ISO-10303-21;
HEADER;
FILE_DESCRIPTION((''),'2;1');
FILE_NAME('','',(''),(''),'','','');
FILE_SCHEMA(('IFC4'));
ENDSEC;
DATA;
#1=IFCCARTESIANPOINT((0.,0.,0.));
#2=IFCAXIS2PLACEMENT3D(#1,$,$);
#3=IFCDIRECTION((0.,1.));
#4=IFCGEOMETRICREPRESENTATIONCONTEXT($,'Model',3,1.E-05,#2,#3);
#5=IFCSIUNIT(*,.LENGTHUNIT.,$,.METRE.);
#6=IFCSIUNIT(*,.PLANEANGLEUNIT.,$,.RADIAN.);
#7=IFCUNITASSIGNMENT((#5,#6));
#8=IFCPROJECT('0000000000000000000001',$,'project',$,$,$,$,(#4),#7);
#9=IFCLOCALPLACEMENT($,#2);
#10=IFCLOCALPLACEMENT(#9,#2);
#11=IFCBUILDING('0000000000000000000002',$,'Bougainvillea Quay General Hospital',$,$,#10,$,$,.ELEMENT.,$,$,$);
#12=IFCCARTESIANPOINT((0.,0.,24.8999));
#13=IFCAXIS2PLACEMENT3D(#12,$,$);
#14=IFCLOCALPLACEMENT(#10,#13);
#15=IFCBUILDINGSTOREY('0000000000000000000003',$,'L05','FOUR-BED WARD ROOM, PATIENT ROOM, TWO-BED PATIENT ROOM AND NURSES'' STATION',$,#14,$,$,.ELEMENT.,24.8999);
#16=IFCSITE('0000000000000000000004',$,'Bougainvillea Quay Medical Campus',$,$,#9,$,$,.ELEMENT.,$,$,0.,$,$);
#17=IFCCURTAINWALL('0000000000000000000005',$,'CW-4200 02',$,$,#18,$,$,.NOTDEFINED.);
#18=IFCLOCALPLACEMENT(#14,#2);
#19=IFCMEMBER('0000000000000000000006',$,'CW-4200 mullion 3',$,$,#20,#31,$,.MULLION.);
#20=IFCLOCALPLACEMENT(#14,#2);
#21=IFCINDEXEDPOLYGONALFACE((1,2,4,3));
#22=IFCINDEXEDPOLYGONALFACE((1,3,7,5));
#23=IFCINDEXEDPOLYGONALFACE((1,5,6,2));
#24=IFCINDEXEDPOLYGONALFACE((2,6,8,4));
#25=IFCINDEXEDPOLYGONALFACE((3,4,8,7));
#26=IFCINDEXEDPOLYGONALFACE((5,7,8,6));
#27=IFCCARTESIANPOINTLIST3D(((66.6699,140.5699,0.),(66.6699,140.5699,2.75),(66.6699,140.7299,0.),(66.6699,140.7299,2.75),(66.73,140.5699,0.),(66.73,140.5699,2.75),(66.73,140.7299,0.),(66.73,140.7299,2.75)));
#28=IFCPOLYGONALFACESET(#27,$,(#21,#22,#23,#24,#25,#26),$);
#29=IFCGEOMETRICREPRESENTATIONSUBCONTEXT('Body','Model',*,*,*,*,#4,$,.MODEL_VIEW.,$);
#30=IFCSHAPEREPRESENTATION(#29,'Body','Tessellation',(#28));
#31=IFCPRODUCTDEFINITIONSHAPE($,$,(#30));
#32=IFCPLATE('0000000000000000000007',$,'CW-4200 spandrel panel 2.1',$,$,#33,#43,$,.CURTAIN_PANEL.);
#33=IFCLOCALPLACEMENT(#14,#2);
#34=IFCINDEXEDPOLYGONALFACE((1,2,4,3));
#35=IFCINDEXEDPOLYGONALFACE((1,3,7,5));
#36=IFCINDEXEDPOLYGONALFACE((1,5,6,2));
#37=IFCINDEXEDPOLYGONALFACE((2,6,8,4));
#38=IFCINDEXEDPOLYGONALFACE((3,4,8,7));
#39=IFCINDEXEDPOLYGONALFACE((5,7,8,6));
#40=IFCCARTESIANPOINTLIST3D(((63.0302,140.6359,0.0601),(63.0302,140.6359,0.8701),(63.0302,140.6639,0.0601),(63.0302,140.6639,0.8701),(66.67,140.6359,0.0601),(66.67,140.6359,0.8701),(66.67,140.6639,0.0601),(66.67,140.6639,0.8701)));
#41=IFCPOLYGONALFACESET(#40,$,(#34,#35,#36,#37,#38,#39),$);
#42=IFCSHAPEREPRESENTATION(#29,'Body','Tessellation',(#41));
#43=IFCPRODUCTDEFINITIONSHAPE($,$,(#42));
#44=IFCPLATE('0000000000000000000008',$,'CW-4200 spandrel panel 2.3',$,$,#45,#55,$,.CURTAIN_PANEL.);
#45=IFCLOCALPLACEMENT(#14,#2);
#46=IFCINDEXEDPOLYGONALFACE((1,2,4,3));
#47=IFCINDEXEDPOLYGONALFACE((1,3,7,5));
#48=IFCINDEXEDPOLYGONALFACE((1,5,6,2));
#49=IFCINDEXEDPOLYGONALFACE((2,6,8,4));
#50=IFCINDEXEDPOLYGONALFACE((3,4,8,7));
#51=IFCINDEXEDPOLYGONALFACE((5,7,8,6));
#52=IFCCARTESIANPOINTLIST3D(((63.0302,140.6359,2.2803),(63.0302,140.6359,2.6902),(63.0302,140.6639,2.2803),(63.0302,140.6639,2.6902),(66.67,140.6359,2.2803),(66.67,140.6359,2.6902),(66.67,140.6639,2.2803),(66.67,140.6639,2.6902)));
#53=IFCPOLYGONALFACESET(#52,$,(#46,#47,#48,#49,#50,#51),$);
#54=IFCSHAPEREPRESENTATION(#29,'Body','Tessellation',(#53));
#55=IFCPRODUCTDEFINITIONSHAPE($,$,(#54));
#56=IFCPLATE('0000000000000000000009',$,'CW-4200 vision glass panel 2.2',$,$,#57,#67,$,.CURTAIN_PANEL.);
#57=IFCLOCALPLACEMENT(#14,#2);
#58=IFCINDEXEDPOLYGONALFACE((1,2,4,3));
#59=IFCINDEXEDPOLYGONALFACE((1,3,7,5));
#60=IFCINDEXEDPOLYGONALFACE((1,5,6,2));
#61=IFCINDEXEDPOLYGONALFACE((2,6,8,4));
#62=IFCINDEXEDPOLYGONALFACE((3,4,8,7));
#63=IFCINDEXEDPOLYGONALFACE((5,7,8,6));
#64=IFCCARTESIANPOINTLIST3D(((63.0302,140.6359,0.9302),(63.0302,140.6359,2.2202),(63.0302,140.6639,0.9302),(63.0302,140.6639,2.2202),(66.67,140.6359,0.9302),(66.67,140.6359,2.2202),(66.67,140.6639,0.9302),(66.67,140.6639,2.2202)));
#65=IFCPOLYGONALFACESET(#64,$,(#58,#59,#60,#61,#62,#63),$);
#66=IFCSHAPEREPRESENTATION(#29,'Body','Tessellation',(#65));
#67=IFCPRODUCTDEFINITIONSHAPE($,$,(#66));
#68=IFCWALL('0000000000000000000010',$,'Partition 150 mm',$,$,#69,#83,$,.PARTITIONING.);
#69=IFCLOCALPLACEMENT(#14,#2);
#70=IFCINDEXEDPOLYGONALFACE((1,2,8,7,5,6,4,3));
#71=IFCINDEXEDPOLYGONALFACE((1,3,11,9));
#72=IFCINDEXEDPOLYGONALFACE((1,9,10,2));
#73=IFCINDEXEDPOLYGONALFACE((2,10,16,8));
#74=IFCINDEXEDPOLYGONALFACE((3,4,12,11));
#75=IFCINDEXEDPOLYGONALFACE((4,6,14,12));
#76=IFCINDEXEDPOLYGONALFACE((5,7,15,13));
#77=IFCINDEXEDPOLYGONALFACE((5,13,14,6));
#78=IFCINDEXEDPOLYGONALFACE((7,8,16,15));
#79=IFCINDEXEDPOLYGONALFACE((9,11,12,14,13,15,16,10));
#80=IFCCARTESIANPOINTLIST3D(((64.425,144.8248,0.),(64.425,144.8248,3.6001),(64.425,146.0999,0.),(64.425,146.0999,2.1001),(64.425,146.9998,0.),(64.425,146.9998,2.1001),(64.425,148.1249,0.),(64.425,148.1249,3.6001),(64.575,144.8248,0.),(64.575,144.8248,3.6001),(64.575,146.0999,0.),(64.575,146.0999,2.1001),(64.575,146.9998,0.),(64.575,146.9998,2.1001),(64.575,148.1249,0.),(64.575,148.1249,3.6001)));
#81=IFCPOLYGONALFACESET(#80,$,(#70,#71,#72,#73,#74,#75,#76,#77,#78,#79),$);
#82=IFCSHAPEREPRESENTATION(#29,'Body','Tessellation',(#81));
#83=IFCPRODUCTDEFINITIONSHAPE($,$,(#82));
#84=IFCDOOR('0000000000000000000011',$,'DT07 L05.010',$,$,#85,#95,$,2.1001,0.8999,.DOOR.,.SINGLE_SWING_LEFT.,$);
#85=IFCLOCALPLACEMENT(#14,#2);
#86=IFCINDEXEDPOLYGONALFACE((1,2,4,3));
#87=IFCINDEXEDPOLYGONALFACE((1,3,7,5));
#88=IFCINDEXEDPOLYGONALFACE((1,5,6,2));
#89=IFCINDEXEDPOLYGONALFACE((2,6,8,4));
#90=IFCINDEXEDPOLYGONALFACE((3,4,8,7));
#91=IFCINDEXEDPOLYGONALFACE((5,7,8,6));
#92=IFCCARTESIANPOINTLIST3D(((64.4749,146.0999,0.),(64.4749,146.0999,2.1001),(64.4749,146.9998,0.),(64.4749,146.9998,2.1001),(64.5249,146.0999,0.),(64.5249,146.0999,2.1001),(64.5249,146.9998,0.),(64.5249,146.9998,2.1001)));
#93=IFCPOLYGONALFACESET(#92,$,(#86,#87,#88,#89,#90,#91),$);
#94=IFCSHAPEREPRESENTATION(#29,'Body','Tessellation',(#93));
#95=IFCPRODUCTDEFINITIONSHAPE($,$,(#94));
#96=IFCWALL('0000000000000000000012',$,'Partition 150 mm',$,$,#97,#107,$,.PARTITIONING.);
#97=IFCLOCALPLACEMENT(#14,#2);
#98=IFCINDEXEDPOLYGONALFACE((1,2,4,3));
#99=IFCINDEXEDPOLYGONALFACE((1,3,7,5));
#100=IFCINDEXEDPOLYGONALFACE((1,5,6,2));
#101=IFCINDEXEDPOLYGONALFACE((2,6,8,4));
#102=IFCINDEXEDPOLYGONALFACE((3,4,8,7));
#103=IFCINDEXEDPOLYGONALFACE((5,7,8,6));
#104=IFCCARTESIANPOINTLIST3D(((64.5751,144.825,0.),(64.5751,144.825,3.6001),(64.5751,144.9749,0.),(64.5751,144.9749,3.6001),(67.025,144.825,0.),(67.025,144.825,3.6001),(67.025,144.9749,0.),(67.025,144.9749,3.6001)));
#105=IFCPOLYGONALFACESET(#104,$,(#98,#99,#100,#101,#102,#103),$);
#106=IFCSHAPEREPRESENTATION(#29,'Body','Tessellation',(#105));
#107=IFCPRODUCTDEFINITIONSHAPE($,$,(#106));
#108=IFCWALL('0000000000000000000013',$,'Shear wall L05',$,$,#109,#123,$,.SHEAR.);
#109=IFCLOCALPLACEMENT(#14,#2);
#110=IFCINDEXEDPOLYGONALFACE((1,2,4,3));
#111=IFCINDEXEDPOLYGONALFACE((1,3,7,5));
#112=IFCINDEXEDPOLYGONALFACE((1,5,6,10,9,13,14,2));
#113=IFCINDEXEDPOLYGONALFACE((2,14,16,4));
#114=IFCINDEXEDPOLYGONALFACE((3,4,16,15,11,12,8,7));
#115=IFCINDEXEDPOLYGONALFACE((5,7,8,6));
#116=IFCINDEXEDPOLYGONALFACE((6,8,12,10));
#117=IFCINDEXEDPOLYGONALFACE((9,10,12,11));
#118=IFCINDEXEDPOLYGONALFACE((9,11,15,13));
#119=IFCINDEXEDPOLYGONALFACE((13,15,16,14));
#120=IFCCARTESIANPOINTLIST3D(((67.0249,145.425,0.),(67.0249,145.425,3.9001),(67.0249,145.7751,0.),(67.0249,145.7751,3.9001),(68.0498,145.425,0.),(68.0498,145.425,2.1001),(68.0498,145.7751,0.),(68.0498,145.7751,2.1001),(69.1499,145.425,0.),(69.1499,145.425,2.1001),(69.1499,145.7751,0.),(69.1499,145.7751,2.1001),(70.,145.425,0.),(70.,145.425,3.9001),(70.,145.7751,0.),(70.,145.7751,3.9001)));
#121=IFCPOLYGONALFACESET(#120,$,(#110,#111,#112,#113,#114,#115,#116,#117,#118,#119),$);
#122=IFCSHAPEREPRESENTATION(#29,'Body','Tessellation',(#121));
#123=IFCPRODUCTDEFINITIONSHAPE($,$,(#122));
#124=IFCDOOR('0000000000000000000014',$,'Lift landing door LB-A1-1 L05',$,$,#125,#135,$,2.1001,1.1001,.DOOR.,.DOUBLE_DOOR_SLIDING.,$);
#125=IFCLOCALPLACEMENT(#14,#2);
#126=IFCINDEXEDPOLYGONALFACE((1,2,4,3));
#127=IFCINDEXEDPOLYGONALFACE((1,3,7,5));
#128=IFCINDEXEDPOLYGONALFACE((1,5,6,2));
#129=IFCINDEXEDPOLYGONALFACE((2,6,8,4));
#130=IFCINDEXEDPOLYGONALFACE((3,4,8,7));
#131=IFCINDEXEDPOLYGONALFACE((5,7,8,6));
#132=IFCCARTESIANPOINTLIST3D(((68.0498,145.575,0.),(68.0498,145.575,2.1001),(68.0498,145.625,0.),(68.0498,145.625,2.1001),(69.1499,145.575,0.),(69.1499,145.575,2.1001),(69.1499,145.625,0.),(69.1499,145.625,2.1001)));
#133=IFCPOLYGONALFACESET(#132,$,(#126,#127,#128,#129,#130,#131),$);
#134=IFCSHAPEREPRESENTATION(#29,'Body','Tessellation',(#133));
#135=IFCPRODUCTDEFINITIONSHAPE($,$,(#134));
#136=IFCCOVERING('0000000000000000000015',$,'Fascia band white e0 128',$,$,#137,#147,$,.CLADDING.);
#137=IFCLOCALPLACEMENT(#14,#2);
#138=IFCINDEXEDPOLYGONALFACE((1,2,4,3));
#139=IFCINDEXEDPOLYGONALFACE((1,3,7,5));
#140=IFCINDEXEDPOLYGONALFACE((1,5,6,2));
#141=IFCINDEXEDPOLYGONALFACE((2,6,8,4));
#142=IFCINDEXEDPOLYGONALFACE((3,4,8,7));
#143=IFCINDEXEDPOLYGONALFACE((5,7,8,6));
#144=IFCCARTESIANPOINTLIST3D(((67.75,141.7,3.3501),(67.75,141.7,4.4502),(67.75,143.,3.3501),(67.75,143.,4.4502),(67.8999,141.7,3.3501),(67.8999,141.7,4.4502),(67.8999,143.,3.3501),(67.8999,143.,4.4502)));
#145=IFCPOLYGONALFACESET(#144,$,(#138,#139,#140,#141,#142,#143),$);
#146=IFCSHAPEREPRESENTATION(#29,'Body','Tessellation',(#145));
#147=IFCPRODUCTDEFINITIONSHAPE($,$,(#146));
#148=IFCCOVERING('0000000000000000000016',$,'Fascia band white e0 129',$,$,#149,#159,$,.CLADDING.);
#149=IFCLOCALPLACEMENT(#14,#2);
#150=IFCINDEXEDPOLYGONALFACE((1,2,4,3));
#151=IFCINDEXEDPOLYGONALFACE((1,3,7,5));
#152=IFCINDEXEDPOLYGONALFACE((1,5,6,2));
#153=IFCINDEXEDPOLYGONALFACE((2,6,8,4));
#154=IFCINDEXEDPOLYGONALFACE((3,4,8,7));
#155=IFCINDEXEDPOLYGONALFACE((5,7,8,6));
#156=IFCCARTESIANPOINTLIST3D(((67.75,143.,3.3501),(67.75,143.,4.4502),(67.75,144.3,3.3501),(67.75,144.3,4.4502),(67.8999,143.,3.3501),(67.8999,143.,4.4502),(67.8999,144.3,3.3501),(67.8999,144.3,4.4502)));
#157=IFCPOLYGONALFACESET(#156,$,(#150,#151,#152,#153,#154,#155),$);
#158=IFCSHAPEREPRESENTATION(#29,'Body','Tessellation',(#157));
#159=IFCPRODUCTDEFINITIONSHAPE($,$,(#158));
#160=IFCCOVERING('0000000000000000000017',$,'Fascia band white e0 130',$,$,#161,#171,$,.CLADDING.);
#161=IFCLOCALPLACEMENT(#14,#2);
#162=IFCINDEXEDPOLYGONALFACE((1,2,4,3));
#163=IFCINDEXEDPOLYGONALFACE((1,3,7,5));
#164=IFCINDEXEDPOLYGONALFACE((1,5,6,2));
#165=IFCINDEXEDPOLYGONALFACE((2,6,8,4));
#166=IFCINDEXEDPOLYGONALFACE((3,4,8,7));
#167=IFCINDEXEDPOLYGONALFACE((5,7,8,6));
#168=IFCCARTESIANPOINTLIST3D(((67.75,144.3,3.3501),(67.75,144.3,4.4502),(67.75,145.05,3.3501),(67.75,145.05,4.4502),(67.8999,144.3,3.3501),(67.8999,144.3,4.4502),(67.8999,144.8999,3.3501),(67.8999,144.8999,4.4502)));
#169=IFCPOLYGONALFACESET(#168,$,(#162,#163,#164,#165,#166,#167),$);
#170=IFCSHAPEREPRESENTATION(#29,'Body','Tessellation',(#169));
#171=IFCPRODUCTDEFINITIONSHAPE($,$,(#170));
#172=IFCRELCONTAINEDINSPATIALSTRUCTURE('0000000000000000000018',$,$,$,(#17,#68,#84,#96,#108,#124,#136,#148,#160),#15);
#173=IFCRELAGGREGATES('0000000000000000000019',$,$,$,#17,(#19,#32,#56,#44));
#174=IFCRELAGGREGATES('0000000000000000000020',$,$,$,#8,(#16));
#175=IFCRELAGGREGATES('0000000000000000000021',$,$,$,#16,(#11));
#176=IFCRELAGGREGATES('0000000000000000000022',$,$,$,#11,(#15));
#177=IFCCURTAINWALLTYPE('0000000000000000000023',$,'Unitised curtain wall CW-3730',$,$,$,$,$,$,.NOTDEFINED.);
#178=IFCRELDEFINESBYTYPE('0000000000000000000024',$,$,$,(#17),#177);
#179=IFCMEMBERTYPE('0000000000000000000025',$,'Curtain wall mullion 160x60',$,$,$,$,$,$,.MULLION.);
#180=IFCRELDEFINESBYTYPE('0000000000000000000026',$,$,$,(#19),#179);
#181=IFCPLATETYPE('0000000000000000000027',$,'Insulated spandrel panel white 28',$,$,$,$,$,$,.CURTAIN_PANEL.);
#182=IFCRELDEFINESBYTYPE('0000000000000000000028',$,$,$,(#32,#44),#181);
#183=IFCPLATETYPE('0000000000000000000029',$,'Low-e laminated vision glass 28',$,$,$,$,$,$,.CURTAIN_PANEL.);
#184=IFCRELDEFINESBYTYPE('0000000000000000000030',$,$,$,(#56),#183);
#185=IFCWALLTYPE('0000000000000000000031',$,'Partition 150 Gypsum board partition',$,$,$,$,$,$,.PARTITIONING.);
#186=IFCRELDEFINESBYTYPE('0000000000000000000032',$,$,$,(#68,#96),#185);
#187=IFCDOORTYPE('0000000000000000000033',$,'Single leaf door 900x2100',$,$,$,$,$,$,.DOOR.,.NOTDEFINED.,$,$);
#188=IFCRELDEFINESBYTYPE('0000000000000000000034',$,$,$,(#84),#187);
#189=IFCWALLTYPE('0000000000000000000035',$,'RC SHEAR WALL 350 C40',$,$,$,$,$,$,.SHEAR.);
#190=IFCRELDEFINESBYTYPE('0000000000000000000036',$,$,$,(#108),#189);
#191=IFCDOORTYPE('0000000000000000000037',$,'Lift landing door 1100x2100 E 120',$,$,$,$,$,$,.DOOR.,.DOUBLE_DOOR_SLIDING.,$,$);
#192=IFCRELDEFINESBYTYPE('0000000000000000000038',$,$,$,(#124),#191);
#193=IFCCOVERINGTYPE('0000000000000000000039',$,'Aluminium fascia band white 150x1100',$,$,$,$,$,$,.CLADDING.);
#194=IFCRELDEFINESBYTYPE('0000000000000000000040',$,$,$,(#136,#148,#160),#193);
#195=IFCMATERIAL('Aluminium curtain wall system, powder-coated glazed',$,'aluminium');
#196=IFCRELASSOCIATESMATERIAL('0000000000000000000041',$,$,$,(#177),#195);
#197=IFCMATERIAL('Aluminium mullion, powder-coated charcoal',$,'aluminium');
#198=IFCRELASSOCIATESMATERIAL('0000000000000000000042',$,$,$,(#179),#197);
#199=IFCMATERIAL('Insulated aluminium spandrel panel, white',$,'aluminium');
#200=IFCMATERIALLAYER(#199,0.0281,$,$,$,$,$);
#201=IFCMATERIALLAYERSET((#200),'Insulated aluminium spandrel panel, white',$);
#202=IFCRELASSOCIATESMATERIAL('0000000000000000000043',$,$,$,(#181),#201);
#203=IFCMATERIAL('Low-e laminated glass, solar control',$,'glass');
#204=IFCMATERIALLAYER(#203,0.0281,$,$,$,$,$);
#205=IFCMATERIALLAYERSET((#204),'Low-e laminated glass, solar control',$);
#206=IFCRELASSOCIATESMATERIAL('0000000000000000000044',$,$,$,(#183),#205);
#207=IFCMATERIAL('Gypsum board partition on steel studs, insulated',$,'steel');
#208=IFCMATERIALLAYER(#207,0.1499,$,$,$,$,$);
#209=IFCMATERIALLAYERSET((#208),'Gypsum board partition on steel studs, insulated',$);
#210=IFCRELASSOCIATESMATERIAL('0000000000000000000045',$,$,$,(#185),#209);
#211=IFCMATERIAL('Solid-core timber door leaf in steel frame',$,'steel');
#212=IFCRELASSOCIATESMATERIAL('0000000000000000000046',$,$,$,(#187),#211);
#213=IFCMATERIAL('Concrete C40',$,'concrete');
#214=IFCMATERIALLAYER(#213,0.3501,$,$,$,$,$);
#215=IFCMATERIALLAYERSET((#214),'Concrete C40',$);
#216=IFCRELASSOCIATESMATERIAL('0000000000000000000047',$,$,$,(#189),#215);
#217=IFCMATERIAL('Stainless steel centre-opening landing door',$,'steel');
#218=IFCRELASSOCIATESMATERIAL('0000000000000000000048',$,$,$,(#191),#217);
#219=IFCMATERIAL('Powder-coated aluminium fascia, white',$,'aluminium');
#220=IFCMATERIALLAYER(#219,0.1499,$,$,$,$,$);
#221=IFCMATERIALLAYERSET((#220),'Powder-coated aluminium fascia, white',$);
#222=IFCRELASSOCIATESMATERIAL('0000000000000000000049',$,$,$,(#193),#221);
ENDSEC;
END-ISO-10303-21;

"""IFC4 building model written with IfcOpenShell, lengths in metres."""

from ifc_helpers import new_model, si_unit, direction, frame, frame_2d, origin, origin_2d, place, context, subcontext, project, spatial, polyline, rectangle, outline, extrude, material, layer, layer_set, material_profile, profile_set, type_object, element, fill, aggregate, save


model = new_model("IFC4")

# Units and contexts
model_context = context("Model", 3, precision=1e-05, world=origin(), true_north=direction((0.0, 1.0)))
body_context = subcontext(model_context, "Body", "Model", "MODEL_VIEW")
ifc_project = project(units=[si_unit("LENGTHUNIT", "METRE"), si_unit("PLANEANGLEUNIT", "RADIAN")], contexts=[model_context])

# Site, building, storey
site_placement = place(None, origin())
site = spatial("IfcSite", under=ifc_project, at=site_placement, Name="Bougainvillea Quay Medical Campus", CompositionType="ELEMENT", RefElevation=0.0)
building_placement = place(site_placement, origin())
building = spatial("IfcBuilding", under=site, at=building_placement, Name="Bougainvillea Quay General Hospital", CompositionType="ELEMENT")
storey_placement = place(building_placement, frame((0.0, 0.0, 24.8999)))
storey = spatial("IfcBuildingStorey", under=building, at=storey_placement, Name="L05", Description="FOUR-BED WARD ROOM, PATIENT ROOM, TWO-BED PATIENT ROOM AND NURSES' STATION", CompositionType="ELEMENT", Elevation=24.8999)

# Curtain wall, member, plates
ifc_material_1 = material(Name="Aluminium curtain wall system, powder-coated glazed", Category="aluminium")
curtain_wall_type = type_object("IfcCurtainWallType", Name="Unitised curtain wall CW-3730", PredefinedType="NOTDEFINED", material=ifc_material_1)
curtain_wall_placement = place(storey_placement, origin())
curtain_wall = element("IfcCurtainWall", 1, at=curtain_wall_placement, inside=storey, type_object=curtain_wall_type, Name="CW-4200 02", PredefinedType="NOTDEFINED")
ifc_material_2 = material(Name="Aluminium mullion, powder-coated charcoal", Category="aluminium")
ifc_material_profile_1 = material_profile(ifc_material_2, rectangle(XDim=0.1599, YDim=0.0601, at=origin_2d()))
ifc_profile_set_1 = profile_set([ifc_material_profile_1], Name="Aluminium mullion, powder-coated charcoal")
member_type = type_object("IfcMemberType", Name="Curtain wall mullion 160x60", PredefinedType="MULLION", material=ifc_profile_set_1)
member_placement = place(storey_placement, frame((66.7, 140.6499, 0.0), z_axis=(0.0, 0.0, 1.0), x_axis=(0.0, 1.0, 0.0)))
member = element("IfcMember", 2, at=member_placement, type_object=member_type, Name="CW-4200 mullion 3", PredefinedType="MULLION", context=body_context, shape_type="SweptSolid", body=[
    extrude(rectangle(XDim=0.1599, YDim=0.0601, at=origin_2d()), origin(), (0.0, 0.0, 1.0), 2.75),
])
ifc_material_3 = material(Name="Insulated aluminium spandrel panel, white", Category="aluminium")
ifc_layer_1 = layer(ifc_material_3, 0.0281)
ifc_layer_set_1 = layer_set([ifc_layer_1], Name="Insulated aluminium spandrel panel, white")
plate_type_1 = type_object("IfcPlateType", Name="Insulated spandrel panel white 28", PredefinedType="CURTAIN_PANEL", material=ifc_layer_set_1)
plate_1_placement = place(storey_placement, frame((64.8501, 140.6499, 0.0601), z_axis=(0.0, 0.0, 1.0), x_axis=(1.0, 0.0, 0.0)))
plate_1 = element("IfcPlate", 3, at=plate_1_placement, type_object=plate_type_1, Name="CW-4200 spandrel panel 2.1", PredefinedType="CURTAIN_PANEL", context=body_context, shape_type="SweptSolid", body=[
    extrude(rectangle(XDim=3.6399, YDim=0.0281, at=origin_2d()), origin(), (0.0, 0.0, 1.0), 0.8101),
])
plate_2_placement = place(storey_placement, frame((64.8501, 140.6499, 2.2803), z_axis=(0.0, 0.0, 1.0), x_axis=(1.0, 0.0, 0.0)))
plate_2 = element("IfcPlate", 4, at=plate_2_placement, type_object=plate_type_1, Name="CW-4200 spandrel panel 2.3", PredefinedType="CURTAIN_PANEL", context=body_context, shape_type="SweptSolid", body=[
    extrude(rectangle(XDim=3.6399, YDim=0.0281, at=origin_2d()), origin(), (0.0, 0.0, 1.0), 0.4099),
])
ifc_material_4 = material(Name="Low-e laminated glass, solar control", Category="glass")
ifc_layer_2 = layer(ifc_material_4, 0.0281)
ifc_layer_set_2 = layer_set([ifc_layer_2], Name="Low-e laminated glass, solar control")
plate_type_2 = type_object("IfcPlateType", Name="Low-e laminated vision glass 28", PredefinedType="CURTAIN_PANEL", material=ifc_layer_set_2)
plate_3_placement = place(storey_placement, frame((64.8501, 140.6499, 0.9302), z_axis=(0.0, 0.0, 1.0), x_axis=(1.0, 0.0, 0.0)))
plate_3 = element("IfcPlate", 5, at=plate_3_placement, type_object=plate_type_2, Name="CW-4200 vision glass panel 2.2", PredefinedType="CURTAIN_PANEL", context=body_context, shape_type="SweptSolid", body=[
    extrude(rectangle(XDim=3.6399, YDim=0.0281, at=origin_2d()), origin(), (0.0, 0.0, 1.0), 1.29),
])
aggregate(curtain_wall, [member, plate_1, plate_3, plate_2])

# Wall, opening, door
ifc_material_5 = material(Name="Gypsum board partition on steel studs, insulated", Category="steel")
ifc_layer_3 = layer(ifc_material_5, 0.1499)
ifc_layer_set_3 = layer_set([ifc_layer_3], Name="Gypsum board partition on steel studs, insulated")
wall_type_1 = type_object("IfcWallType", Name="Partition 150 Gypsum board partition", PredefinedType="PARTITIONING", material=ifc_layer_set_3)
wall_1_placement = place(storey_placement, frame((64.5, 144.825, 0.0), z_axis=(0.0, 0.0, 1.0), x_axis=(0.0, 1.0, 0.0)))
wall_1 = element("IfcWall", 6, at=wall_1_placement, inside=storey, type_object=wall_type_1, Name="Partition 150 mm", PredefinedType="PARTITIONING", context=body_context, shape_type="SweptSolid", body=[
    extrude(rectangle(XDim=3.3, YDim=0.1499, at=frame_2d((1.6499, 0.0))), origin(), (0.0, 0.0, 1.0), 3.6001),
])
opening_1_placement = place(wall_1_placement, frame((1.2749, 0.0, 0.0)))
opening_1 = element("IfcOpeningElement", 7, at=opening_1_placement, cuts=wall_1, PredefinedType="OPENING", context=body_context, shape_type="SweptSolid", body=[
    extrude(rectangle(XDim=0.8999, YDim=2.1001, at=frame_2d((0.45, 1.05))), frame((0.0, 0.085, 0.0), z_axis=(0.0, -1.0, 0.0), x_axis=(1.0, 0.0, 0.0)), (0.0, 0.0, 1.0), 0.1699),
])
ifc_material_6 = material(Name="Solid-core timber door leaf in steel frame", Category="steel")
door_type_1 = type_object("IfcDoorType", Name="Single leaf door 900x2100", OperationType="NOTDEFINED", PredefinedType="DOOR", material=ifc_material_6)
door_1_placement = place(opening_1_placement, frame((0.8999, 0.0, 0.0), z_axis=(0.0, 0.0, 1.0), x_axis=(-1.0, 0.0, 0.0)))
door_1 = element("IfcDoor", 8, at=door_1_placement, inside=storey, type_object=door_type_1, Name="DT07 L05.010", OperationType="SINGLE_SWING_LEFT", OverallHeight=2.1001, OverallWidth=0.8999, PredefinedType="DOOR", context=body_context, shape_type="SweptSolid", body=[
    extrude(rectangle(XDim=0.8999, YDim=2.1001, at=frame_2d((0.45, 1.05))), frame((0.0, 0.0249, 0.0), z_axis=(0.0, -1.0, 0.0), x_axis=(1.0, 0.0, 0.0)), (0.0, 0.0, 1.0), 0.05),
])
fill(opening_1, door_1)

# Wall
wall_2_placement = place(storey_placement, frame((64.575, 144.8999, 0.0), z_axis=(0.0, 0.0, 1.0), x_axis=(1.0, 0.0, 0.0)))
element("IfcWall", 9, at=wall_2_placement, inside=storey, type_object=wall_type_1, Name="Partition 150 mm", PredefinedType="PARTITIONING", context=body_context, shape_type="SweptSolid", body=[
    extrude(rectangle(XDim=2.45, YDim=0.1499, at=frame_2d((1.2251, 0.0))), origin(), (0.0, 0.0, 1.0), 3.6001),
])

# Wall, opening, door
ifc_material_7 = material(Name="Concrete C40", Category="concrete")
ifc_layer_4 = layer(ifc_material_7, 0.3501)
ifc_layer_set_4 = layer_set([ifc_layer_4], Name="Concrete C40")
wall_type_2 = type_object("IfcWallType", Name="RC SHEAR WALL 350 C40", PredefinedType="SHEAR", material=ifc_layer_set_4)
wall_3_placement = place(storey_placement, frame((67.0249, 145.6001, 0.0), z_axis=(0.0, 0.0, 1.0), x_axis=(1.0, 0.0, 0.0)))
wall_3 = element("IfcWall", 10, at=wall_3_placement, inside=storey, type_object=wall_type_2, Name="Shear wall L05", PredefinedType="SHEAR", context=body_context, shape_type="SweptSolid", body=[
    extrude(rectangle(XDim=2.9751, YDim=0.3501, at=frame_2d((1.4875, 0.0))), origin(), (0.0, 0.0, 1.0), 3.9001),
])
opening_2_placement = place(wall_3_placement, frame((1.0249, 0.0, 0.0)))
opening_2 = element("IfcOpeningElement", 11, at=opening_2_placement, cuts=wall_3, PredefinedType="OPENING", context=body_context, shape_type="SweptSolid", body=[
    extrude(rectangle(XDim=1.1001, YDim=2.1001, at=frame_2d((0.55, 1.05))), frame((0.0, 0.1851, 0.0), z_axis=(0.0, -1.0, 0.0), x_axis=(1.0, 0.0, 0.0)), (0.0, 0.0, 1.0), 0.3701),
])
ifc_material_8 = material(Name="Stainless steel centre-opening landing door", Category="steel")
door_type_2 = type_object("IfcDoorType", Name="Lift landing door 1100x2100 E 120", OperationType="DOUBLE_DOOR_SLIDING", PredefinedType="DOOR", material=ifc_material_8)
door_2_placement = place(opening_2_placement, origin())
door_2 = element("IfcDoor", 12, at=door_2_placement, inside=storey, type_object=door_type_2, Name="Lift landing door LB-A1-1 L05", OperationType="DOUBLE_DOOR_SLIDING", OverallHeight=2.1001, OverallWidth=1.1001, PredefinedType="DOOR", context=body_context, shape_type="SweptSolid", body=[
    extrude(rectangle(XDim=1.1001, YDim=2.1001, at=frame_2d((0.55, 1.05))), frame((0.0, 0.0249, 0.0), z_axis=(0.0, -1.0, 0.0), x_axis=(1.0, 0.0, 0.0)), (0.0, 0.0, 1.0), 0.05),
])
fill(opening_2, door_2)

# Coverings
ifc_material_9 = material(Name="Powder-coated aluminium fascia, white", Category="aluminium")
ifc_layer_5 = layer(ifc_material_9, 0.1499)
ifc_layer_set_5 = layer_set([ifc_layer_5], Name="Powder-coated aluminium fascia, white")
covering_type = type_object("IfcCoveringType", Name="Aluminium fascia band white 150x1100", PredefinedType="CLADDING", material=ifc_layer_set_5)
for number, where, z_axis, x_axis, name in (
    (13, (67.75, 141.7, 3.3501), (0.0, 0.0, 1.0), (0.0, 1.0, 0.0), "Fascia band white e0 128"),
    (14, (67.75, 143.0, 3.3501), (0.0, 0.0, 1.0), (0.0, 1.0, 0.0), "Fascia band white e0 129"),
):
    element("IfcCovering", number, at=place(storey_placement, frame(where, z_axis=z_axis, x_axis=x_axis)), inside=storey, type_object=covering_type, Name=name, PredefinedType="CLADDING", context=body_context, shape_type="SweptSolid", body=[
        extrude(outline(polyline([(0.0, 0.0), (1.3, 0.0), (1.3, -0.1499), (0.0, -0.1499), (0.0, 0.0)])), origin(), (0.0, 0.0, 1.0), 1.1001),
    ])
covering_1_placement = place(storey_placement, frame((67.75, 144.3, 3.3501), z_axis=(0.0, 0.0, 1.0), x_axis=(0.0, 1.0, 0.0)))
element("IfcCovering", 15, at=covering_1_placement, inside=storey, type_object=covering_type, Name="Fascia band white e0 130", PredefinedType="CLADDING", context=body_context, shape_type="SweptSolid", body=[
    extrude(outline(polyline([(0.0, 0.0), (0.75, 0.0), (0.5999, -0.1499), (0.0, -0.1499), (0.0, 0.0)])), origin(), (0.0, 0.0, 1.0), 1.1001),
])

save(model, "model.ifc")
